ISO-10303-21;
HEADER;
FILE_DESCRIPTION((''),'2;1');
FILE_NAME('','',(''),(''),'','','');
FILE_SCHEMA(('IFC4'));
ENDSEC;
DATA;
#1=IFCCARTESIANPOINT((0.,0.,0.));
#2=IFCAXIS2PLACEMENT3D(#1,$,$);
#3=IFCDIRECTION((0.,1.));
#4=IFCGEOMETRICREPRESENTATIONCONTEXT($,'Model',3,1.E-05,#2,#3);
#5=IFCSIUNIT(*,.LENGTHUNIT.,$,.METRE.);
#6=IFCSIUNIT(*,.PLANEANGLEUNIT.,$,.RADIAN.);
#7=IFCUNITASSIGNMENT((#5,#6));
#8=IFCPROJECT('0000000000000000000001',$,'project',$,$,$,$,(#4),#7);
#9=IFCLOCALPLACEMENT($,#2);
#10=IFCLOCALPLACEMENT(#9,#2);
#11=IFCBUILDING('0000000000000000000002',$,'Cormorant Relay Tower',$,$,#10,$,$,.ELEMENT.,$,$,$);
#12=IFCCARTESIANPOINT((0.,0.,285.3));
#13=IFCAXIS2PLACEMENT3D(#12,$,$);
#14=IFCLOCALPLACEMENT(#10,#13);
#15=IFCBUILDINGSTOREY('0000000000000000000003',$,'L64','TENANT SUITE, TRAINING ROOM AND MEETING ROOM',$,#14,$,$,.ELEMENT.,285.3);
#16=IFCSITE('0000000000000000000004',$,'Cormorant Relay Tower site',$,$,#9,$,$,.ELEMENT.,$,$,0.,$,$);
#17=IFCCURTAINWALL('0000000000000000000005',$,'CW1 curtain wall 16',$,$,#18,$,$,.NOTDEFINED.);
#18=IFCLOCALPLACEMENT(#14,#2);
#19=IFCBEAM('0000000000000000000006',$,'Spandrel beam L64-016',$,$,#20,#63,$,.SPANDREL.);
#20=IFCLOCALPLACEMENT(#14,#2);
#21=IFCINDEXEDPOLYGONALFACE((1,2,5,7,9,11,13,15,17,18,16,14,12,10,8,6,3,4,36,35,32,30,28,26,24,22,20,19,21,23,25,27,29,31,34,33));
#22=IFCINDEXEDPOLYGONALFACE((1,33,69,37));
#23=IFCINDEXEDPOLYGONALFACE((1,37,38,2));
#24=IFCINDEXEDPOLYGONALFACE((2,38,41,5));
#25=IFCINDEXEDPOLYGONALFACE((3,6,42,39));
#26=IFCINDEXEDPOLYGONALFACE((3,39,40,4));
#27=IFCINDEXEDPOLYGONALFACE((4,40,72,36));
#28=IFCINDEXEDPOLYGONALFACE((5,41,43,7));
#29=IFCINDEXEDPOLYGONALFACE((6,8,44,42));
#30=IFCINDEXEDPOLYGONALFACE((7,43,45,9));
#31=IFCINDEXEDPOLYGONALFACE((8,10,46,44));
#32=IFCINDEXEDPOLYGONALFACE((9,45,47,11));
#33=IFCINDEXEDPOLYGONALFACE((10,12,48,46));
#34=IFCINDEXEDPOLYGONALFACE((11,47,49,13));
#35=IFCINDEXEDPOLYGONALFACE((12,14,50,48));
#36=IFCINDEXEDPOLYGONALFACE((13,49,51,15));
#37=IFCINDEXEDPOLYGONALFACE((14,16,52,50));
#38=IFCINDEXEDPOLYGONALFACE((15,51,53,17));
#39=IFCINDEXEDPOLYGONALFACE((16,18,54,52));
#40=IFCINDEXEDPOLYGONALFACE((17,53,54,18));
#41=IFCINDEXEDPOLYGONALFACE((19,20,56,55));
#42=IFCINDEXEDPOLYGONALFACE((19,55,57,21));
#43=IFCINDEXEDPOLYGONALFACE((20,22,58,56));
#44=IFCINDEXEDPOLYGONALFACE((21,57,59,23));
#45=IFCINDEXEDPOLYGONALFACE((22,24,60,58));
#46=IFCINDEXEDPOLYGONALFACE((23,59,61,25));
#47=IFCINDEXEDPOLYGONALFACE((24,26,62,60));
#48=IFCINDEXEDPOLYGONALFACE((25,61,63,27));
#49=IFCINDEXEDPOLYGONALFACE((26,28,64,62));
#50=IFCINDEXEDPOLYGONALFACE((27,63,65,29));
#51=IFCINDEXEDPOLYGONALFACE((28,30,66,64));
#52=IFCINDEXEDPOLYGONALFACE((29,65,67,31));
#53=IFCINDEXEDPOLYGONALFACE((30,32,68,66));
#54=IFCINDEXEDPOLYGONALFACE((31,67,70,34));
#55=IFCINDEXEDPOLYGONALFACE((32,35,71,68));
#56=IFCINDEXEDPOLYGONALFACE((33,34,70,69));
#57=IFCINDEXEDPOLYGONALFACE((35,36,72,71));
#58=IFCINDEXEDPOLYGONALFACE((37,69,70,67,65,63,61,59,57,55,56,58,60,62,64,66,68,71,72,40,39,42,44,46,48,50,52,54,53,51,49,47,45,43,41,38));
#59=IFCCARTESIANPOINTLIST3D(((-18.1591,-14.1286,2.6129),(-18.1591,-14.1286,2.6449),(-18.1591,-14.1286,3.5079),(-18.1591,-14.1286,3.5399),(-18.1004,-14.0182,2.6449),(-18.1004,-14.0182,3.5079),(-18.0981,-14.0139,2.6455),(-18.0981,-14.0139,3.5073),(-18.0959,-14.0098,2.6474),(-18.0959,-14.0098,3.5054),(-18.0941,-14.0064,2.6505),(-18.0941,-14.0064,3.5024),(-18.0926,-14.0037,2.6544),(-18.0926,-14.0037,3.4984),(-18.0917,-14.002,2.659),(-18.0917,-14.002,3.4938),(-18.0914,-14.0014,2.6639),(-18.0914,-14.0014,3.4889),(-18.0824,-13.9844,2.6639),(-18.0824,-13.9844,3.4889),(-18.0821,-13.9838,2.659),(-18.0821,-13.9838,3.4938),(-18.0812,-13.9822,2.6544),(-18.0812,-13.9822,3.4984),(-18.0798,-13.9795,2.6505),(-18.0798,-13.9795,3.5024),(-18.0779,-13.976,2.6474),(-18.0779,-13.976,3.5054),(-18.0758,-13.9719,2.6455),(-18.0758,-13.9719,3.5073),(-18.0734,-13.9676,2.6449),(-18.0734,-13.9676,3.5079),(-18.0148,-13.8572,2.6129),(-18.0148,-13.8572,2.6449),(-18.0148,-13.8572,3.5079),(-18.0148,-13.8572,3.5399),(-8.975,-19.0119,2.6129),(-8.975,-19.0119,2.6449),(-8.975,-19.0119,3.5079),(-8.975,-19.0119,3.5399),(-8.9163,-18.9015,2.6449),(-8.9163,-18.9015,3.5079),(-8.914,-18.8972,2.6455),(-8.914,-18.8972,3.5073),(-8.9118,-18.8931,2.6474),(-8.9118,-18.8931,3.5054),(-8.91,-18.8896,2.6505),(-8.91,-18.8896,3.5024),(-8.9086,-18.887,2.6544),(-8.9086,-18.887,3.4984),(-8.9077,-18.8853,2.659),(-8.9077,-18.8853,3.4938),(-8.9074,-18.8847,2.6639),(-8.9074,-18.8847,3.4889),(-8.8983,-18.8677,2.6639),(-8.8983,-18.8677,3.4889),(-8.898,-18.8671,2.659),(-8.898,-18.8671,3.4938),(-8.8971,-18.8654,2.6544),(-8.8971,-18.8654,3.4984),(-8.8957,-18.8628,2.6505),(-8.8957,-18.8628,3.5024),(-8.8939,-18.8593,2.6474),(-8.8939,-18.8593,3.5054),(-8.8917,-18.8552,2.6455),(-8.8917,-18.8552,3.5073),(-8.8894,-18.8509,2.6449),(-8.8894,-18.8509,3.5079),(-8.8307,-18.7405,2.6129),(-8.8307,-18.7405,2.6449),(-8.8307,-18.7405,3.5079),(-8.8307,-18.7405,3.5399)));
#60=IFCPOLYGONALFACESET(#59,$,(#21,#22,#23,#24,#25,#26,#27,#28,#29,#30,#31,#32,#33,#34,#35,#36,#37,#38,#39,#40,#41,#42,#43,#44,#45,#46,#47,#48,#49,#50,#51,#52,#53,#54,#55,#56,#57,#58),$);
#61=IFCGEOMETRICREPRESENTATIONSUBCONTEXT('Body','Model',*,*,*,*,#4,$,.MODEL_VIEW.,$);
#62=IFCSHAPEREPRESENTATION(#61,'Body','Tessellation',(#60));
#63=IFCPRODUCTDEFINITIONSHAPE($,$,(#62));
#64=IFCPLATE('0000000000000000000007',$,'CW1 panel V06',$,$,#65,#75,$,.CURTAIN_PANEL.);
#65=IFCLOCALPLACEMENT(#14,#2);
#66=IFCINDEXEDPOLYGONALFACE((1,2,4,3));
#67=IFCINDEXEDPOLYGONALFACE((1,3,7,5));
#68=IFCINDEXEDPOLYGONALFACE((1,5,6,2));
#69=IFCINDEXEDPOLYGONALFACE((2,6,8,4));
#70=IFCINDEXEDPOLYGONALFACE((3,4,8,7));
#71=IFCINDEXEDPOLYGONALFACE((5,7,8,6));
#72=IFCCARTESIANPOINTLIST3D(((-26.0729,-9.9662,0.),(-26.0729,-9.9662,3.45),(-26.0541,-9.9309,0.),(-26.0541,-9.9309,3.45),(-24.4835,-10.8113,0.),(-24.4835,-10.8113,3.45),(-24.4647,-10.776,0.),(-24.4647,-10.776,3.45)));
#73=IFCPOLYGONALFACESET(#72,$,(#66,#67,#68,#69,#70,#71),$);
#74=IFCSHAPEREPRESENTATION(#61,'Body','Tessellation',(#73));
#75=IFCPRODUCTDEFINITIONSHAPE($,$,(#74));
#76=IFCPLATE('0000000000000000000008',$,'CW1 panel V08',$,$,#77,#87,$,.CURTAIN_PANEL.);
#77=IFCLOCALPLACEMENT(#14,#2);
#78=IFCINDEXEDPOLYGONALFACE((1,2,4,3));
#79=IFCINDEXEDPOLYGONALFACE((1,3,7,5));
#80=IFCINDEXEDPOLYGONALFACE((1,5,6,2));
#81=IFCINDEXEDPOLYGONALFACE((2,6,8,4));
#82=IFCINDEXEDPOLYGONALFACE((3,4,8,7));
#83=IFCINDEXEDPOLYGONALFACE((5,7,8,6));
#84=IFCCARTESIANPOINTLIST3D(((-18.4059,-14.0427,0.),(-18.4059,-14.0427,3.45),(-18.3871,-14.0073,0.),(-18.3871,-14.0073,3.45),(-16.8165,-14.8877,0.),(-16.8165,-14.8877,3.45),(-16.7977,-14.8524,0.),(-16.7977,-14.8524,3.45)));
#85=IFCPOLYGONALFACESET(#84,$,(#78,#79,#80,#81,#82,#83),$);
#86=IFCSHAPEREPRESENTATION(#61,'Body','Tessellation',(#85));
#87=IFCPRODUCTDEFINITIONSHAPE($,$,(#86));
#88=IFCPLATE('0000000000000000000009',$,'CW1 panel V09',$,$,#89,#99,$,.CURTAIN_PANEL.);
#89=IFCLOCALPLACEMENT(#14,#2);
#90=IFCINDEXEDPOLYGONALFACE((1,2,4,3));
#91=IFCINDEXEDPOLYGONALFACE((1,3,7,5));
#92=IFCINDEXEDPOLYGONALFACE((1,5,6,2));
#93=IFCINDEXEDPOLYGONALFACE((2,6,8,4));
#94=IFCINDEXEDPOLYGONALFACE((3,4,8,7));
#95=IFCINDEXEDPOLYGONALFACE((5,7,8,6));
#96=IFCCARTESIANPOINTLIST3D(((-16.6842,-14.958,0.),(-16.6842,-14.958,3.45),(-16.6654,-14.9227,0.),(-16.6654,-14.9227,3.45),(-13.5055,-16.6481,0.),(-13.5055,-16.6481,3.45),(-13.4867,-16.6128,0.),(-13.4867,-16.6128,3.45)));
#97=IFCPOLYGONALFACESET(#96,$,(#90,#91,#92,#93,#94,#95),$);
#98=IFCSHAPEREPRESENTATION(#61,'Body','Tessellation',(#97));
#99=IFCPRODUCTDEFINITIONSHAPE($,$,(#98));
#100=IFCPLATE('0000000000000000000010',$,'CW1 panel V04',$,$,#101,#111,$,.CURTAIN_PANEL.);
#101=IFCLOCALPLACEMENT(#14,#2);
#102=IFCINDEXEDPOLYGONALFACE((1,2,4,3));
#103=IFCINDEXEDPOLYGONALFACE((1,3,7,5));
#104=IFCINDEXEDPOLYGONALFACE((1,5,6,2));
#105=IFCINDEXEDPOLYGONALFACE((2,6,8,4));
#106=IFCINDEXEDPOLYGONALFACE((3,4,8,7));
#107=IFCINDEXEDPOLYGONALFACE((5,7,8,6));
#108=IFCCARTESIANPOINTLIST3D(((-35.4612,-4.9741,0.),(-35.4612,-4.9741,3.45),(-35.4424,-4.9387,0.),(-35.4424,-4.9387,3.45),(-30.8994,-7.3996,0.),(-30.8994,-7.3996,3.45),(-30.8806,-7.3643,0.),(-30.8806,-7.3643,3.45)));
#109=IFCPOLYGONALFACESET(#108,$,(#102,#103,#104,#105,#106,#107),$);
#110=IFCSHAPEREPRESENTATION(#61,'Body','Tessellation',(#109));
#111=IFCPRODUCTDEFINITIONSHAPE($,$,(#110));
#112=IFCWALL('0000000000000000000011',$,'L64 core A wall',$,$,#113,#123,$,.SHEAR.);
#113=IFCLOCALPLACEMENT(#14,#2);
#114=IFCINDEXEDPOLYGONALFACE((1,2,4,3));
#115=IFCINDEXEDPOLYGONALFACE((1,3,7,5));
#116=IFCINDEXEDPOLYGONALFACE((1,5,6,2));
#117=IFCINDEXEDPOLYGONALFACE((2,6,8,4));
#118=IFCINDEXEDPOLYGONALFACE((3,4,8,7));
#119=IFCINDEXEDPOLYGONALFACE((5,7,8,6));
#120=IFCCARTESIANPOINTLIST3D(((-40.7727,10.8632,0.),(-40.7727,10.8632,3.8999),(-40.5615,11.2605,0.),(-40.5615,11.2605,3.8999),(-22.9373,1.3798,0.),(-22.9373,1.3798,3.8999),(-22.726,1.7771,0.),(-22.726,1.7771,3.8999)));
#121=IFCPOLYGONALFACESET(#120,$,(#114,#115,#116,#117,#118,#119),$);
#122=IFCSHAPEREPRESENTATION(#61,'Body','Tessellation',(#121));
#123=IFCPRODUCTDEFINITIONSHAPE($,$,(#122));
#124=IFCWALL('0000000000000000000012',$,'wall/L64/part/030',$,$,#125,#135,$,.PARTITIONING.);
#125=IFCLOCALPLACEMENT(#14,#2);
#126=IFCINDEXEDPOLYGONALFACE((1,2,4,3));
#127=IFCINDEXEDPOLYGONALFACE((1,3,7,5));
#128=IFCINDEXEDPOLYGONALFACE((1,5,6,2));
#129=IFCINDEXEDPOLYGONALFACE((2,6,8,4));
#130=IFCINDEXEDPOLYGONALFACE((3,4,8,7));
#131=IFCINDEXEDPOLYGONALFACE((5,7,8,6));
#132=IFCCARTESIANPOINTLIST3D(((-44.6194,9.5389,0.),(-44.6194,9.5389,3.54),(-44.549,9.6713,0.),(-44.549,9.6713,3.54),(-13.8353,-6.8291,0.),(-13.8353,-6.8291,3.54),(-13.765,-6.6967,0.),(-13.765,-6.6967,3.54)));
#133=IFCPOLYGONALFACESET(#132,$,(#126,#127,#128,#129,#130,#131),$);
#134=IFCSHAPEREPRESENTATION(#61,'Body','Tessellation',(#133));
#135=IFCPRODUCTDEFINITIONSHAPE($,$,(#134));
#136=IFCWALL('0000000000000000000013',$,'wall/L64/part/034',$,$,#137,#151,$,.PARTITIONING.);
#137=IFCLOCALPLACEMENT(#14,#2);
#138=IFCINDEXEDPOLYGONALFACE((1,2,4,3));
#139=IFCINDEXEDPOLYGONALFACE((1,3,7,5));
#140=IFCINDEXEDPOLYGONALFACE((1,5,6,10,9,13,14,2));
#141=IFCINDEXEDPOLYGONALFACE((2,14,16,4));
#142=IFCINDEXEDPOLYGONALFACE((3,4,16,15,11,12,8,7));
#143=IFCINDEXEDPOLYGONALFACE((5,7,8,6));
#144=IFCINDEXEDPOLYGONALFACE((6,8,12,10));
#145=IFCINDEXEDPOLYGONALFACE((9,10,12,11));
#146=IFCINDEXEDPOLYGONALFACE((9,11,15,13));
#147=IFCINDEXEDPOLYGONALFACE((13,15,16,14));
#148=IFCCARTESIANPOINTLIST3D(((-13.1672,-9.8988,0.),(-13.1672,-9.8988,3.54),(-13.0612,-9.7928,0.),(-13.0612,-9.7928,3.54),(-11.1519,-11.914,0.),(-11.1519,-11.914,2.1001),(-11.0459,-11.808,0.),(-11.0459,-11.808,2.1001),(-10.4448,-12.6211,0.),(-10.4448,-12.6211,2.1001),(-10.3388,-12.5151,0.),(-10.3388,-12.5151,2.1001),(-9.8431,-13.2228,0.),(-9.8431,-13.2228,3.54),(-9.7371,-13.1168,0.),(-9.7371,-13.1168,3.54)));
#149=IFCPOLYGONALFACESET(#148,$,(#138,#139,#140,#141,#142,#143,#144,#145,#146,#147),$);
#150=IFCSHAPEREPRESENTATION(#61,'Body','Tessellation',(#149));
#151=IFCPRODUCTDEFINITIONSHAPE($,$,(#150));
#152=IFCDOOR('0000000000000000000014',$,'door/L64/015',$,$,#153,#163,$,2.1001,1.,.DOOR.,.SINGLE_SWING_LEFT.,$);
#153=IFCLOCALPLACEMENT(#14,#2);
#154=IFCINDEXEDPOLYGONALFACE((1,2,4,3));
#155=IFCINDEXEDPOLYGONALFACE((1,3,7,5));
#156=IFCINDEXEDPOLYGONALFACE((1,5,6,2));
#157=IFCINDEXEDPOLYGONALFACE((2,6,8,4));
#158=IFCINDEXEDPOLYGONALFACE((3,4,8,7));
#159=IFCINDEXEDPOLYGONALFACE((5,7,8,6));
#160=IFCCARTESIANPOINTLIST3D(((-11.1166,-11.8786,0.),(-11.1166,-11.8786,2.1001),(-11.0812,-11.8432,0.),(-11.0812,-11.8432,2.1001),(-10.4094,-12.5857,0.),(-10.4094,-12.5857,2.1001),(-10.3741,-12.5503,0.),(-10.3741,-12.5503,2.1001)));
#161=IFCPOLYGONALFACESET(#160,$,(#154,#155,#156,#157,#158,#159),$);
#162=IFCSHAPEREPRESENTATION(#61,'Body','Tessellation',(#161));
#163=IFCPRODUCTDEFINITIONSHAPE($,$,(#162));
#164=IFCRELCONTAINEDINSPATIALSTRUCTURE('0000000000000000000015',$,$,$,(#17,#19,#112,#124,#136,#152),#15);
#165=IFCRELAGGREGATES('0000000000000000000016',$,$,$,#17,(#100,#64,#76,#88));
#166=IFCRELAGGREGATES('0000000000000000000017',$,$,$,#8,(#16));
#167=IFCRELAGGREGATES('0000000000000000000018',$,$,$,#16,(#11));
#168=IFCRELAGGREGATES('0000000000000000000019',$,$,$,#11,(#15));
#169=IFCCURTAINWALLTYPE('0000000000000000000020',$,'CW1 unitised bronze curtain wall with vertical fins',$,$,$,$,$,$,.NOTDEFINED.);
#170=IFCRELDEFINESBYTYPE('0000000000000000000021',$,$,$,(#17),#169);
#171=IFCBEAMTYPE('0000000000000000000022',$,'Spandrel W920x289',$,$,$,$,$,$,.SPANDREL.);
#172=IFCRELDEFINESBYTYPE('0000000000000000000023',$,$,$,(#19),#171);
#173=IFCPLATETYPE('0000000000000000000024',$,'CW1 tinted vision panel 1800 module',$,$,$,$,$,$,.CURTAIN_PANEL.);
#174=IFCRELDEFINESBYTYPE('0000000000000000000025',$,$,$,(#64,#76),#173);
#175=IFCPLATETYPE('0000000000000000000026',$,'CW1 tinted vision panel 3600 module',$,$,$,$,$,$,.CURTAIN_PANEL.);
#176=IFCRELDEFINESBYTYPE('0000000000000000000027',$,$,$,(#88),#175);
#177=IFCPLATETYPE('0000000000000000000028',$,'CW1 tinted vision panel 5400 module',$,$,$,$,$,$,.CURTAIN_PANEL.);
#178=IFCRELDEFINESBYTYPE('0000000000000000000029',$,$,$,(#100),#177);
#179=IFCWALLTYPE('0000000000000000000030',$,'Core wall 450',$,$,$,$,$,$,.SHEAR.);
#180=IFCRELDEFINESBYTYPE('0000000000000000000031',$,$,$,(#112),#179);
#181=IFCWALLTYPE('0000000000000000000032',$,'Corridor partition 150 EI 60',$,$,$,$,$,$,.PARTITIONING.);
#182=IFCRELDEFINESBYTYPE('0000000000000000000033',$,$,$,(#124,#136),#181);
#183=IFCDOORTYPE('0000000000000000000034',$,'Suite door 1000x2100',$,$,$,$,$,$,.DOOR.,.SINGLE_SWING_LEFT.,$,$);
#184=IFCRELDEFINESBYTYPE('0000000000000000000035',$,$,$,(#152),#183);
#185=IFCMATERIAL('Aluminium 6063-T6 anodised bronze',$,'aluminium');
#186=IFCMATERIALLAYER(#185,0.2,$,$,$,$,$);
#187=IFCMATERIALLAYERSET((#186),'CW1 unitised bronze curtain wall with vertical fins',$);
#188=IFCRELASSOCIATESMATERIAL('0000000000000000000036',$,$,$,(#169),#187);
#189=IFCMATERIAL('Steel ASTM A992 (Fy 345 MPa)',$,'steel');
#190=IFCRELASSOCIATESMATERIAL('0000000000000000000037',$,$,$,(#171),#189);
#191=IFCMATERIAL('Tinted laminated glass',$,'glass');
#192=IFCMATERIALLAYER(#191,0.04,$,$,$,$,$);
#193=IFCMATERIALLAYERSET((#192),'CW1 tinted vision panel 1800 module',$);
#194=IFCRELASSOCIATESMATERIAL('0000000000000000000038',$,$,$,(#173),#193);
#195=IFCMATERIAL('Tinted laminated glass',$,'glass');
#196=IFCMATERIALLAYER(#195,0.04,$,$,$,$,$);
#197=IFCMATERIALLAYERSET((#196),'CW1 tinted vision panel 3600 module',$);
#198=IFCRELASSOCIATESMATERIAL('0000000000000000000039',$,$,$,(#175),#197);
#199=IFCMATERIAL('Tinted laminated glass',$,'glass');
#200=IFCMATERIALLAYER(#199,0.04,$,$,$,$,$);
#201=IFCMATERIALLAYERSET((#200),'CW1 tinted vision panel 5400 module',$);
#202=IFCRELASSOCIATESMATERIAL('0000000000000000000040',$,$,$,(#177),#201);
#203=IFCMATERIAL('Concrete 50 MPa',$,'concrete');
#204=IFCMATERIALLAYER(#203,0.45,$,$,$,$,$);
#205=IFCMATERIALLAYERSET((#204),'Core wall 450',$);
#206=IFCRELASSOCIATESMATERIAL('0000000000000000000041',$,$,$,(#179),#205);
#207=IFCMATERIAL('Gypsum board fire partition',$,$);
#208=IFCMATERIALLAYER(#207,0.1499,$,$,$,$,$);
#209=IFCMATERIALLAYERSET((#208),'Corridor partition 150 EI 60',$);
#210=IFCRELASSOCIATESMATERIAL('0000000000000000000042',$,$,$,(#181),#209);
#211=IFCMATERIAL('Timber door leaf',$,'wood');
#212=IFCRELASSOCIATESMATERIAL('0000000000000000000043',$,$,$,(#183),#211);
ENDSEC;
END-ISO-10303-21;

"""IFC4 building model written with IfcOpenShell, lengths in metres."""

from ifc_helpers import new_model, si_unit, direction, frame, frame_2d, origin, origin_2d, place, context, subcontext, project, spatial, rectangle, i_section, extrude, material, layer, layer_set, material_profile, profile_set, type_object, element, fill, aggregate, save


model = new_model("IFC4")

# Units and contexts
model_context = context("Model", 3, precision=1e-05, world=origin(), true_north=direction((0.0, 1.0)))
body_context = subcontext(model_context, "Body", "Model", "MODEL_VIEW")
ifc_project = project(units=[si_unit("LENGTHUNIT", "METRE"), si_unit("PLANEANGLEUNIT", "RADIAN")], contexts=[model_context])

# Site, building, storey
site_placement = place(None, origin())
site = spatial("IfcSite", under=ifc_project, at=site_placement, Name="Cormorant Relay Tower site", CompositionType="ELEMENT", RefElevation=0.0)
building_placement = place(site_placement, origin())
building = spatial("IfcBuilding", under=site, at=building_placement, Name="Cormorant Relay Tower", CompositionType="ELEMENT")
storey_placement = place(building_placement, frame((0.0, 0.0, 285.3)))
storey = spatial("IfcBuildingStorey", under=building, at=storey_placement, Name="L64", Description="TENANT SUITE, TRAINING ROOM AND MEETING ROOM", CompositionType="ELEMENT", Elevation=285.3)

# Curtain wall
ifc_material_1 = material(Name="Aluminium 6063-T6 anodised bronze", Category="aluminium")
ifc_layer_1 = layer(ifc_material_1, 0.2)
ifc_layer_set_1 = layer_set([ifc_layer_1], Name="CW1 unitised bronze curtain wall with vertical fins")
curtain_wall_type = type_object("IfcCurtainWallType", Name="CW1 unitised bronze curtain wall with vertical fins", PredefinedType="NOTDEFINED", material=ifc_layer_set_1)
curtain_wall_placement = place(storey_placement, origin())
curtain_wall = element("IfcCurtainWall", 1, at=curtain_wall_placement, inside=storey, type_object=curtain_wall_type, Name="CW1 curtain wall 16", PredefinedType="NOTDEFINED")

# Beam
ifc_material_2 = material(Name="Steel ASTM A992 (Fy 345 MPa)", Category="steel")
ifc_material_profile_1 = material_profile(ifc_material_2, i_section(OverallWidth=0.3074, OverallDepth=0.927, WebThickness=0.0193, FlangeThickness=0.032, FilletRadius=0.019, at=origin_2d()), Name="W920x289")
ifc_profile_set_1 = profile_set([ifc_material_profile_1], Name="Steel ASTM A992 (Fy 345 MPa)")
beam_type = type_object("IfcBeamType", Name="Spandrel W920x289", PredefinedType="SPANDREL", material=ifc_profile_set_1)
beam_placement = place(storey_placement, frame((-18.0869, -13.9929, 3.0764), z_axis=(0.882946, -0.469474, 0.0), x_axis=(0.469474, 0.882946, 0.0)))
element("IfcBeam", 2, at=beam_placement, inside=storey, type_object=beam_type, Name="Spandrel beam L64-016", PredefinedType="SPANDREL", context=body_context, shape_type="SweptSolid", body=[
    extrude(i_section(OverallWidth=0.3074, OverallDepth=0.927, WebThickness=0.0193, FlangeThickness=0.032, FilletRadius=0.019, at=origin_2d()), origin(), (0.0, 0.0, 1.0), 10.4016),
])

# Plates
ifc_material_3 = material(Name="Tinted laminated glass", Category="glass")
ifc_layer_2 = layer(ifc_material_3, 0.04)
ifc_layer_set_2 = layer_set([ifc_layer_2], Name="CW1 tinted vision panel 1800 module")
plate_type_1 = type_object("IfcPlateType", Name="CW1 tinted vision panel 1800 module", PredefinedType="CURTAIN_PANEL", material=ifc_layer_set_2)
plate_1_placement = place(storey_placement, frame((-25.2688, -10.3711, 0.0), z_axis=(0.0, 0.0, 1.0), x_axis=(0.882948, -0.469472, 0.0)))
plate_1 = element("IfcPlate", 3, at=plate_1_placement, type_object=plate_type_1, Name="CW1 panel V06", PredefinedType="CURTAIN_PANEL", context=body_context, shape_type="SweptSolid", body=[
    extrude(rectangle(XDim=1.8, YDim=0.04, at=origin_2d()), origin(), (0.0, 0.0, 1.0), 3.45),
])
plate_2_placement = place(storey_placement, frame((-17.6018, -14.4475, 0.0), z_axis=(0.0, 0.0, 1.0), x_axis=(0.882948, -0.469472, 0.0)))
plate_2 = element("IfcPlate", 4, at=plate_2_placement, type_object=plate_type_1, Name="CW1 panel V08", PredefinedType="CURTAIN_PANEL", context=body_context, shape_type="SweptSolid", body=[
    extrude(rectangle(XDim=1.8, YDim=0.04, at=origin_2d()), origin(), (0.0, 0.0, 1.0), 3.45),
])
ifc_material_4 = material(Name="Tinted laminated glass", Category="glass")
ifc_layer_3 = layer(ifc_material_4, 0.04)
ifc_layer_set_3 = layer_set([ifc_layer_3], Name="CW1 tinted vision panel 3600 module")
plate_type_2 = type_object("IfcPlateType", Name="CW1 tinted vision panel 3600 module", PredefinedType="CURTAIN_PANEL", material=ifc_layer_set_3)
plate_3_placement = place(storey_placement, frame((-15.0854, -15.7854, 0.0), z_axis=(0.0, 0.0, 1.0), x_axis=(0.882948, -0.469472, 0.0)))
plate_3 = element("IfcPlate", 5, at=plate_3_placement, type_object=plate_type_2, Name="CW1 panel V09", PredefinedType="CURTAIN_PANEL", context=body_context, shape_type="SweptSolid", body=[
    extrude(rectangle(XDim=3.6001, YDim=0.04, at=origin_2d()), origin(), (0.0, 0.0, 1.0), 3.45),
])
ifc_material_5 = material(Name="Tinted laminated glass", Category="glass")
ifc_layer_4 = layer(ifc_material_5, 0.04)
ifc_layer_set_4 = layer_set([ifc_layer_4], Name="CW1 tinted vision panel 5400 module")
plate_type_3 = type_object("IfcPlateType", Name="CW1 tinted vision panel 5400 module", PredefinedType="CURTAIN_PANEL", material=ifc_layer_set_4)
plate_4_placement = place(storey_placement, frame((-33.1709, -6.1692, 0.0), z_axis=(0.0, 0.0, 1.0), x_axis=(0.882948, -0.469472, 0.0)))
plate_4 = element("IfcPlate", 6, at=plate_4_placement, type_object=plate_type_3, Name="CW1 panel V04", PredefinedType="CURTAIN_PANEL", context=body_context, shape_type="SweptSolid", body=[
    extrude(rectangle(XDim=5.1665, YDim=0.04, at=origin_2d()), origin(), (0.0, 0.0, 1.0), 3.45),
])

# Walls
ifc_material_6 = material(Name="Concrete 50 MPa", Category="concrete")
ifc_layer_5 = layer(ifc_material_6, 0.45)
ifc_layer_set_5 = layer_set([ifc_layer_5], Name="Core wall 450")
wall_type_1 = type_object("IfcWallType", Name="Core wall 450", PredefinedType="SHEAR", material=ifc_layer_set_5)
wall_1_placement = place(storey_placement, frame((-22.8315, 1.5784, 0.0), z_axis=(0.0, 0.0, 1.0), x_axis=(-0.882945, 0.469476, 0.0)))
element("IfcWall", 7, at=wall_1_placement, inside=storey, type_object=wall_type_1, Name="L64 core A wall", PredefinedType="SHEAR", context=body_context, shape_type="SweptSolid", body=[
    extrude(rectangle(XDim=20.2, YDim=0.45, at=frame_2d((10.1001, 0.0))), origin(), (0.0, 0.0, 1.0), 3.8999),
])
ifc_material_7 = material(Name="Gypsum board fire partition")
ifc_layer_6 = layer(ifc_material_7, 0.1499)
ifc_layer_set_6 = layer_set([ifc_layer_6], Name="Corridor partition 150 EI 60")
wall_type_2 = type_object("IfcWallType", Name="Corridor partition 150 EI 60", PredefinedType="PARTITIONING", material=ifc_layer_set_6)
wall_2_placement = place(storey_placement, frame((-13.8, -6.7629, 0.0), z_axis=(0.0, 0.0, 1.0), x_axis=(-0.88295, 0.469467, 0.0)))
element("IfcWall", 8, at=wall_2_placement, inside=storey, type_object=wall_type_2, Name="wall/L64/part/030", PredefinedType="PARTITIONING", context=body_context, shape_type="SweptSolid", body=[
    extrude(rectangle(XDim=34.865, YDim=0.1499, at=frame_2d((17.4326, 0.0))), origin(), (0.0, 0.0, 1.0), 3.54),
])

# Wall, opening, door
wall_3_placement = place(storey_placement, frame((-9.79, -13.1699, 0.0), z_axis=(0.0, 0.0, 1.0), x_axis=(-0.707107, 0.707107, 0.0)))
wall_3 = element("IfcWall", 9, at=wall_3_placement, inside=storey, type_object=wall_type_2, Name="wall/L64/part/034", PredefinedType="PARTITIONING", context=body_context, shape_type="SweptSolid", body=[
    extrude(rectangle(XDim=4.7009, YDim=0.1499, at=frame_2d((2.3506, 0.0))), origin(), (0.0, 0.0, 1.0), 3.54),
])
opening_1_placement = place(wall_3_placement, frame((0.8511, 0.0, 0.0)))
opening_1 = element("IfcOpeningElement", 10, at=opening_1_placement, cuts=wall_3, PredefinedType="OPENING", context=body_context, shape_type="SweptSolid", body=[
    extrude(rectangle(XDim=1.0, YDim=2.1001, at=frame_2d((0.5, 1.05))), frame((0.0, 0.085, 0.0), z_axis=(0.0, -1.0, 0.0), x_axis=(1.0, 0.0, 0.0)), (0.0, 0.0, 1.0), 0.1699),
])
ifc_material_8 = material(Name="Timber door leaf", Category="wood")
door_type = type_object("IfcDoorType", Name="Suite door 1000x2100", OperationType="SINGLE_SWING_LEFT", PredefinedType="DOOR", material=ifc_material_8)
door_1_placement = place(opening_1_placement, origin())
door_1 = element("IfcDoor", 11, at=door_1_placement, inside=storey, type_object=door_type, Name="door/L64/015", OperationType="SINGLE_SWING_LEFT", OverallHeight=2.1001, OverallWidth=1.0, PredefinedType="DOOR", context=body_context, shape_type="SweptSolid", body=[
    extrude(rectangle(XDim=1.0, YDim=2.1001, at=frame_2d((0.5, 1.05))), frame((0.0, 0.0249, 0.0), z_axis=(0.0, -1.0, 0.0), x_axis=(1.0, 0.0, 0.0)), (0.0, 0.0, 1.0), 0.05),
])
fill(opening_1, door_1)

aggregate(curtain_wall, [plate_4, plate_1, plate_2, plate_3])

save(model, "model.ifc")
